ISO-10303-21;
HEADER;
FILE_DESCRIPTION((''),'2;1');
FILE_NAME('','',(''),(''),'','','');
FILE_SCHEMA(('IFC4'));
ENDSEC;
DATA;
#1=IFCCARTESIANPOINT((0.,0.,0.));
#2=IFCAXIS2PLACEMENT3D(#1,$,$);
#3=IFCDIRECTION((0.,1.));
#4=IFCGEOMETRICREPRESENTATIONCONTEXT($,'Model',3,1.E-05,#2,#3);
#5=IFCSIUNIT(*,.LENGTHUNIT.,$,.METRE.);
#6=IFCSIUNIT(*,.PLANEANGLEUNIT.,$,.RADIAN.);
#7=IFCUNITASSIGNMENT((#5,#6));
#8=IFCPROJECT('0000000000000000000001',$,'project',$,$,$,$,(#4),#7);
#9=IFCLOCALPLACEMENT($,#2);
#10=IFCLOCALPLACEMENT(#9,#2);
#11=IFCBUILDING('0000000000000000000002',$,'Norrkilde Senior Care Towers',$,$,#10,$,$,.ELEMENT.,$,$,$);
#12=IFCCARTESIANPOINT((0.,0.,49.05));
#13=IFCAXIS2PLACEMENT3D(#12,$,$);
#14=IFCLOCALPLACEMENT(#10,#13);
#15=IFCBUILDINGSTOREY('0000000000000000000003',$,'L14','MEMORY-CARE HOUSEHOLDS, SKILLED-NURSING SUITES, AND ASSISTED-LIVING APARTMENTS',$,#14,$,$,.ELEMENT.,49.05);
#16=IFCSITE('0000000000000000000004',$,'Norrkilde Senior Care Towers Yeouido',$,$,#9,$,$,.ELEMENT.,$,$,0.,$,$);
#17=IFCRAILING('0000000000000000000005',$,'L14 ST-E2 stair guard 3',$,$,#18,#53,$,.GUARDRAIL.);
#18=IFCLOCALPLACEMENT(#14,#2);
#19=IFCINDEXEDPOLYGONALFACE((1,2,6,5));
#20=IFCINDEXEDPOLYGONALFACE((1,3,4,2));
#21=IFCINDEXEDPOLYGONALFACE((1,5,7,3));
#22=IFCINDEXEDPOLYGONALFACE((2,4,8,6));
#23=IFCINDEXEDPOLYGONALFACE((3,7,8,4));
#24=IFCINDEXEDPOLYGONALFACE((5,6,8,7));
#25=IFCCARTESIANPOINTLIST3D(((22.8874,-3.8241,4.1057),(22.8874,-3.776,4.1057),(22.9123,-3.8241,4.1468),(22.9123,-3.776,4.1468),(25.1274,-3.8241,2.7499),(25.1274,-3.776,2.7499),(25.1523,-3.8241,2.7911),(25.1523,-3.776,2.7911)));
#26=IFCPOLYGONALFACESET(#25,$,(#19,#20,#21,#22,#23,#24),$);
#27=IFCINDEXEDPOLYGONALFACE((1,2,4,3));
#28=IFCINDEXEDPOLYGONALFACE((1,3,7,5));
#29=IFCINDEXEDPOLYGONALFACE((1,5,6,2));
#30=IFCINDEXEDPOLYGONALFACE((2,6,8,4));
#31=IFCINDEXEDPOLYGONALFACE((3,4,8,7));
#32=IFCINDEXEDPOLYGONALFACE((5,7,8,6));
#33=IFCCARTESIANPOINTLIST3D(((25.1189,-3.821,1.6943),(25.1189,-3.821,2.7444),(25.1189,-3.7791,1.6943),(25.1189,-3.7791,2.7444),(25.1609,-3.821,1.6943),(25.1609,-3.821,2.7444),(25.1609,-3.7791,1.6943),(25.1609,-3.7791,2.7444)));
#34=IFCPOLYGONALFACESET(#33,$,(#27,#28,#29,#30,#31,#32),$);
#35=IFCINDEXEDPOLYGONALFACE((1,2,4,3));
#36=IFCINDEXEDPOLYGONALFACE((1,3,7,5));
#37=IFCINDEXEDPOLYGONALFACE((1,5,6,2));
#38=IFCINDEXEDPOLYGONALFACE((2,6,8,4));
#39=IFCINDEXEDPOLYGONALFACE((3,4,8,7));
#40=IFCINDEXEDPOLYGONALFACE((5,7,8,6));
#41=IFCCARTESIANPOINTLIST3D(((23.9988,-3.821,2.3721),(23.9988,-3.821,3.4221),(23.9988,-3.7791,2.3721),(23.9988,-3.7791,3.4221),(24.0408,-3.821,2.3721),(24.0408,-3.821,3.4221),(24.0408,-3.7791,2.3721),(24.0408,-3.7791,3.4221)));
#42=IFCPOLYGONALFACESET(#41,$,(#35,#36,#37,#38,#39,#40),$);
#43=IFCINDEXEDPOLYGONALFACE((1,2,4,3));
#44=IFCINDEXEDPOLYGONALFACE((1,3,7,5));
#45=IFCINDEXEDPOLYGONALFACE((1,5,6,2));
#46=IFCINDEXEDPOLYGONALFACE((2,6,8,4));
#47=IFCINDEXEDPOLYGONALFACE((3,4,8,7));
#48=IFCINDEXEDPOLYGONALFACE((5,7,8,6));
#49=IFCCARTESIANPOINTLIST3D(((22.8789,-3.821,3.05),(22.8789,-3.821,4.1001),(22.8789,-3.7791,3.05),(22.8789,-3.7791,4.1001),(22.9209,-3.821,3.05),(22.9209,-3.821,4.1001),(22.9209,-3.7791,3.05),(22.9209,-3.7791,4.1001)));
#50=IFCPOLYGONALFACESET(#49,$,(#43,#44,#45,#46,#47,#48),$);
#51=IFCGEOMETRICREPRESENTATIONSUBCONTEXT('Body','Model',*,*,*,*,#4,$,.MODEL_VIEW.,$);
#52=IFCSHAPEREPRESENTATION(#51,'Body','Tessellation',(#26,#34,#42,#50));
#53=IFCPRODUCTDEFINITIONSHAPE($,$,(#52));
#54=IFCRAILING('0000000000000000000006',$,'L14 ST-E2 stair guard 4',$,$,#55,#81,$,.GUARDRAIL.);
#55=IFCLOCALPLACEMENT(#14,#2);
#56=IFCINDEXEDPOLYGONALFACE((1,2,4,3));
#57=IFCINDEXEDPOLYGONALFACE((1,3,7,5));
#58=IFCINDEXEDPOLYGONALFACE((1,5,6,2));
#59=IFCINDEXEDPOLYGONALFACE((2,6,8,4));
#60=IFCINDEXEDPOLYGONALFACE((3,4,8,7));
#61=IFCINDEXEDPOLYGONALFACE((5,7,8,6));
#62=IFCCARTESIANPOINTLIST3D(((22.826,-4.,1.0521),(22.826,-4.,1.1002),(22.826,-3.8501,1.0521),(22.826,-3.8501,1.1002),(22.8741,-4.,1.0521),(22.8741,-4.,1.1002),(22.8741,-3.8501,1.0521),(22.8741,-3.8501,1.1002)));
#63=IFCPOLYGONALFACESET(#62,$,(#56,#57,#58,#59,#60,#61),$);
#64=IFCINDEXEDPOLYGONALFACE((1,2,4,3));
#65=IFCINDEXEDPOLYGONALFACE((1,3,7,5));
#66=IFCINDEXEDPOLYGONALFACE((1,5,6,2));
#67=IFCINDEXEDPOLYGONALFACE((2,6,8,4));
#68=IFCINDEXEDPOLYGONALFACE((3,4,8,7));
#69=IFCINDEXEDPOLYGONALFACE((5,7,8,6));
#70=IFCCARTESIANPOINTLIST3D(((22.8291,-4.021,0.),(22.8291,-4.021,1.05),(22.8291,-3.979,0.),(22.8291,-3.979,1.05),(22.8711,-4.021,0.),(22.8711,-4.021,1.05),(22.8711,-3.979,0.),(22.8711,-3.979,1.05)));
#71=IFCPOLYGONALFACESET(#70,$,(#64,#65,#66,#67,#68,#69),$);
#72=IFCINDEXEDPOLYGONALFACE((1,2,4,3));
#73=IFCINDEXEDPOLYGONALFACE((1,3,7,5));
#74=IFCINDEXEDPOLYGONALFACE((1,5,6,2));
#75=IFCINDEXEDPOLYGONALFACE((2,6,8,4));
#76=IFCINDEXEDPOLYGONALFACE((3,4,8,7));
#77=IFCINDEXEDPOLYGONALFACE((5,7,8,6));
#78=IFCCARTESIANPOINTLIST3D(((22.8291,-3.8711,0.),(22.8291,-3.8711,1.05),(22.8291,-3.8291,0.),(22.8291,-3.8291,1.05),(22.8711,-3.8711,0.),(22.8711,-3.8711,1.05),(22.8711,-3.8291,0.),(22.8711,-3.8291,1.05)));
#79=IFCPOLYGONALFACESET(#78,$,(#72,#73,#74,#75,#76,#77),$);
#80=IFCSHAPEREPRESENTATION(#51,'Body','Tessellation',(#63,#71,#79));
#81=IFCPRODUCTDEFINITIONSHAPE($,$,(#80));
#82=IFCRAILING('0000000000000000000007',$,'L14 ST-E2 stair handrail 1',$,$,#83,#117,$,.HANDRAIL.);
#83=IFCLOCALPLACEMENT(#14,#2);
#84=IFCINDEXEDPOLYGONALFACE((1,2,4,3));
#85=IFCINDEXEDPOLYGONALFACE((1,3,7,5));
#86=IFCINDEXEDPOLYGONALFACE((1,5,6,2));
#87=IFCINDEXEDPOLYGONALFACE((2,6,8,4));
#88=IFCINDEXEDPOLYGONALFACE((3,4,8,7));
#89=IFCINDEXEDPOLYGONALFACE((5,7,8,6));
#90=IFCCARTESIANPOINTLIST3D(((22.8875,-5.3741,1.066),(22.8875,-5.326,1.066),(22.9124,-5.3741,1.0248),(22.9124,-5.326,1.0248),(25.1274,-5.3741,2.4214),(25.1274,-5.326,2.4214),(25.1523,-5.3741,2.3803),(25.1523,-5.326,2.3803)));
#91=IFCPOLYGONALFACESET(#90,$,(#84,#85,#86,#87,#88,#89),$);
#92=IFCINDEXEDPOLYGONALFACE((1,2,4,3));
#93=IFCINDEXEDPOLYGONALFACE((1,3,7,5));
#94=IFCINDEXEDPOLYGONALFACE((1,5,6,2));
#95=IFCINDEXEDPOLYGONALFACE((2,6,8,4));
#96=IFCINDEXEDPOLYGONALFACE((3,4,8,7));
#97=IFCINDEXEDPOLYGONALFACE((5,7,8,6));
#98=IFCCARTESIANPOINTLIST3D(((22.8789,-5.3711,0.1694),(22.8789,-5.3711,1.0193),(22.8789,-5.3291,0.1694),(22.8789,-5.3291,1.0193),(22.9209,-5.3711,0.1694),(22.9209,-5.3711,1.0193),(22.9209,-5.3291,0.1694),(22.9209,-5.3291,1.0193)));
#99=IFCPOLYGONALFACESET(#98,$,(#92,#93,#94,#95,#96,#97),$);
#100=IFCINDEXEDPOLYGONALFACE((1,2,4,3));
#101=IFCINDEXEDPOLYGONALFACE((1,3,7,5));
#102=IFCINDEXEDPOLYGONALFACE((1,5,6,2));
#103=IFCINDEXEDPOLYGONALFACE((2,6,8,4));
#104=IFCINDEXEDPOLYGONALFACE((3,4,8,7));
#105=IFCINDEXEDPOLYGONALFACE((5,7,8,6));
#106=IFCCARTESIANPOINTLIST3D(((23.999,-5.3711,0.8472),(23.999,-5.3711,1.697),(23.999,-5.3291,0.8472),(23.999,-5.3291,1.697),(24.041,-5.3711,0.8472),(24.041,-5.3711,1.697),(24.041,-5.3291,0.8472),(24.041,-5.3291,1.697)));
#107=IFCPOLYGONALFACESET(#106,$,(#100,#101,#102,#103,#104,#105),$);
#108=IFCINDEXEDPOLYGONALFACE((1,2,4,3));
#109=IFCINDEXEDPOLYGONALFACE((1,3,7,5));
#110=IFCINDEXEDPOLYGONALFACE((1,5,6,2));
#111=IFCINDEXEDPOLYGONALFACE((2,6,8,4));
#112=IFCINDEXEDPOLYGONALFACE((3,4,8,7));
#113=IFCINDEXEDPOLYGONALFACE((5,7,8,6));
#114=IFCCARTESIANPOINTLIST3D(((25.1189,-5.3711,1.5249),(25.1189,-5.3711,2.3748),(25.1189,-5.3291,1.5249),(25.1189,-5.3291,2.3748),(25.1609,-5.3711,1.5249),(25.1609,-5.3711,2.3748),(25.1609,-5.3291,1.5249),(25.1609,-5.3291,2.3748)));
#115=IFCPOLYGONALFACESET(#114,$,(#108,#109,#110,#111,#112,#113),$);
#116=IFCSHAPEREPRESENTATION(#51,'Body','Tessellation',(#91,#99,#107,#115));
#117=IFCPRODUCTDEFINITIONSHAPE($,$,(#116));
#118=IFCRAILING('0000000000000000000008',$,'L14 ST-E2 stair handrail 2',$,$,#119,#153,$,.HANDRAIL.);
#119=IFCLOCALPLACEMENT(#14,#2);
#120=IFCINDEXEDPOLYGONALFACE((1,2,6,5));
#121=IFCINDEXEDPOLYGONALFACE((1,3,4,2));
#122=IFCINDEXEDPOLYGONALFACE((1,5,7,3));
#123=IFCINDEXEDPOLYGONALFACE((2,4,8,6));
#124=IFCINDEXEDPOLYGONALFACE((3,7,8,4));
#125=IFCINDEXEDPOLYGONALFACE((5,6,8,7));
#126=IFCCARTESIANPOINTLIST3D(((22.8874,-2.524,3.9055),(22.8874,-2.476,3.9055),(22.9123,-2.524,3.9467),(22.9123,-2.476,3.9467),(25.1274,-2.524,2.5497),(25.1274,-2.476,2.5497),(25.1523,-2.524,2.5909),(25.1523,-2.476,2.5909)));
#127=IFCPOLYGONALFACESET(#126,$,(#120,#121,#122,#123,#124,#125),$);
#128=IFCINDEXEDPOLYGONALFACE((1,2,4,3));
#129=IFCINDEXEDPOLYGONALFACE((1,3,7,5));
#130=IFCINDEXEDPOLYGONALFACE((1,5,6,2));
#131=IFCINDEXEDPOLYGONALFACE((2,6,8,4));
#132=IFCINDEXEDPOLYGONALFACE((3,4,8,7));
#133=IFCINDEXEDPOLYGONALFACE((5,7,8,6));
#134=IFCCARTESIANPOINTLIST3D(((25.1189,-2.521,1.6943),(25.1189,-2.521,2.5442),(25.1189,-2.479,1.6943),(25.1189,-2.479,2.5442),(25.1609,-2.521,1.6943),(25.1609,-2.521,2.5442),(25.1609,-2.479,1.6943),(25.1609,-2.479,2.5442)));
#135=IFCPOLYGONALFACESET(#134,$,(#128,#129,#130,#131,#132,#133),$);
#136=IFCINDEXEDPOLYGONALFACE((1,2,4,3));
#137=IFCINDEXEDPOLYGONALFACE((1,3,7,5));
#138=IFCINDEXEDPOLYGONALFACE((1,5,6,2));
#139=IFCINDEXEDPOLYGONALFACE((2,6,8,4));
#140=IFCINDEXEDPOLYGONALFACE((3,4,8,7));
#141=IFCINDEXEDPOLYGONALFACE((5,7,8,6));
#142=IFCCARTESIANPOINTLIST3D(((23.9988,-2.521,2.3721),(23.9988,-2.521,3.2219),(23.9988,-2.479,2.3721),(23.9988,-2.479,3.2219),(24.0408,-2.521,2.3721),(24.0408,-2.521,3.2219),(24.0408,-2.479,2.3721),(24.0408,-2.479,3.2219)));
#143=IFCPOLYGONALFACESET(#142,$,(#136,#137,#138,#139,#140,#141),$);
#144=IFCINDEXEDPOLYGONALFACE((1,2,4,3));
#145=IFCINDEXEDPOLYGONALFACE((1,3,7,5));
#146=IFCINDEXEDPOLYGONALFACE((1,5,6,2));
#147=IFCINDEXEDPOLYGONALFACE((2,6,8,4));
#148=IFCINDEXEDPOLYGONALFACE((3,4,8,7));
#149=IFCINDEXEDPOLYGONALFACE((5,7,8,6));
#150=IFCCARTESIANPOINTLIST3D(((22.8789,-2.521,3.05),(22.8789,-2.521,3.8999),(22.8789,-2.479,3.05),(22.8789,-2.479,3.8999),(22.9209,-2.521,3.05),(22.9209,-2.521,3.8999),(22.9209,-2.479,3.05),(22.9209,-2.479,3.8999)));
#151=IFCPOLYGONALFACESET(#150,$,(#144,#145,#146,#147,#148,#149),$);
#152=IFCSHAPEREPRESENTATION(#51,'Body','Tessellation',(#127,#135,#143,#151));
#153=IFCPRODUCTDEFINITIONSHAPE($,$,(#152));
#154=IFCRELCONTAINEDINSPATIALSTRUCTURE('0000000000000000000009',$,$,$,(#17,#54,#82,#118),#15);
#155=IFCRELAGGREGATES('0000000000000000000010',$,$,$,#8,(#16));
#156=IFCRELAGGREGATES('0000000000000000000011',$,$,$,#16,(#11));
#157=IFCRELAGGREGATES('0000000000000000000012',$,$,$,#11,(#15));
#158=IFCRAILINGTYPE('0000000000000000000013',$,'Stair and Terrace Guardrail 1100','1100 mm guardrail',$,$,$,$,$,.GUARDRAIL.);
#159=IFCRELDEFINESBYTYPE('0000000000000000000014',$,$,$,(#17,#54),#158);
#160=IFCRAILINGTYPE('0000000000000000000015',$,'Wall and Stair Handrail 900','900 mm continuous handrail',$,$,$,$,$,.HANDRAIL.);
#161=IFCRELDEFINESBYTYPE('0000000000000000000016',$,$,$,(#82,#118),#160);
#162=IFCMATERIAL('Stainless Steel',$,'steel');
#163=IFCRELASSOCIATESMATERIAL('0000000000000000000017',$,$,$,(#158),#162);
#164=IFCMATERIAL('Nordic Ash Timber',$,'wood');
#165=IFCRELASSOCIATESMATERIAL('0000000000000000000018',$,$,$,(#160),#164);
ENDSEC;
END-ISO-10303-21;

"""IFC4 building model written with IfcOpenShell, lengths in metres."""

from ifc_helpers import new_model, si_unit, direction, frame, origin, origin_2d, place, context, subcontext, project, spatial, rectangle, extrude, material, type_object, element, save


model = new_model("IFC4")

# Units and contexts
model_context = context("Model", 3, precision=1e-05, world=origin(), true_north=direction((0.0, 1.0)))
body_context = subcontext(model_context, "Body", "Model", "MODEL_VIEW")
ifc_project = project(units=[si_unit("LENGTHUNIT", "METRE"), si_unit("PLANEANGLEUNIT", "RADIAN")], contexts=[model_context])

# Site, building, storey
site_placement = place(None, origin())
site = spatial("IfcSite", under=ifc_project, at=site_placement, Name="Norrkilde Senior Care Towers Yeouido", CompositionType="ELEMENT", RefElevation=0.0)
building_placement = place(site_placement, origin())
building = spatial("IfcBuilding", under=site, at=building_placement, Name="Norrkilde Senior Care Towers", CompositionType="ELEMENT")
storey_placement = place(building_placement, frame((0.0, 0.0, 49.05)))
storey = spatial("IfcBuildingStorey", under=building, at=storey_placement, Name="L14", Description="MEMORY-CARE HOUSEHOLDS, SKILLED-NURSING SUITES, AND ASSISTED-LIVING APARTMENTS", CompositionType="ELEMENT", Elevation=49.05)

# Shared definitions
ifc_material_1 = material(Name="Nordic Ash Timber", Category="wood")

# Railings
ifc_material_2 = material(Name="Stainless Steel", Category="steel")
railing_type_1 = type_object("IfcRailingType", Name="Stair and Terrace Guardrail 1100", Description="1100 mm guardrail", PredefinedType="GUARDRAIL", material=ifc_material_2)
railing_1_placement = place(storey_placement, frame((25.1399, -3.8, 1.6943)))
element("IfcRailing", 1, at=railing_1_placement, inside=storey, type_object=railing_type_1, Name="L14 ST-E2 stair guard 3", PredefinedType="GUARDRAIL", context=body_context, shape_type="SweptSolid", body=[
    extrude(rectangle(XDim=0.0481, YDim=0.0481, at=origin_2d()), frame((0.0, 0.0, 1.0762), z_axis=(-0.855512, 0.0, 0.517783), x_axis=(0.0, -1.0, 0.0)), (0.0, 0.0, 1.0), 2.6184),
    extrude(rectangle(XDim=0.042, YDim=0.042, at=origin_2d()), origin(), (0.0, 0.0, 1.0), 1.05),
    extrude(rectangle(XDim=0.042, YDim=0.042, at=origin_2d()), frame((-1.1201, 0.0, 0.6777)), (0.0, 0.0, 1.0), 1.05),
    extrude(rectangle(XDim=0.042, YDim=0.042, at=origin_2d()), frame((-2.24, 0.0, 1.3557)), (0.0, 0.0, 1.0), 1.05),
])
railing_2_placement = place(storey_placement, frame((22.8501, -4.0, 0.0)))
element("IfcRailing", 2, at=railing_2_placement, inside=storey, type_object=railing_type_1, Name="L14 ST-E2 stair guard 4", PredefinedType="GUARDRAIL", context=body_context, shape_type="SweptSolid", body=[
    extrude(rectangle(XDim=0.0481, YDim=0.0481, at=origin_2d()), frame((0.0, 0.0, 1.0762), z_axis=(0.0, 1.0, 0.0), x_axis=(-1.0, 0.0, 0.0)), (0.0, 0.0, 1.0), 0.1499),
    extrude(rectangle(XDim=0.042, YDim=0.042, at=origin_2d()), origin(), (0.0, 0.0, 1.0), 1.05),
    extrude(rectangle(XDim=0.042, YDim=0.042, at=origin_2d()), frame((0.0, 0.1499, 0.0)), (0.0, 0.0, 1.0), 1.05),
])
railing_type_2 = type_object("IfcRailingType", Name="Wall and Stair Handrail 900", Description="900 mm continuous handrail", PredefinedType="HANDRAIL", material=ifc_material_1)
railing_3_placement = place(storey_placement, frame((22.8999, -5.3501, 0.1694)))
element("IfcRailing", 3, at=railing_3_placement, inside=storey, type_object=railing_type_2, Name="L14 ST-E2 stair handrail 1", PredefinedType="HANDRAIL", context=body_context, shape_type="SweptSolid", body=[
    extrude(rectangle(XDim=0.0481, YDim=0.0481, at=origin_2d()), frame((0.0, 0.0, 0.876), z_axis=(0.855553, 0.0, 0.517715), x_axis=(0.0, 1.0, 0.0)), (0.0, 0.0, 1.0), 2.6182),
    extrude(rectangle(XDim=0.042, YDim=0.042, at=origin_2d()), origin(), (0.0, 0.0, 1.0), 0.8499),
    extrude(rectangle(XDim=0.042, YDim=0.042, at=origin_2d()), frame((1.1201, 0.0, 0.6777)), (0.0, 0.0, 1.0), 0.8499),
    extrude(rectangle(XDim=0.042, YDim=0.042, at=origin_2d()), frame((2.24, 0.0, 1.3555)), (0.0, 0.0, 1.0), 0.8499),
])
railing_4_placement = place(storey_placement, frame((25.1399, -2.5, 1.6943)))
element("IfcRailing", 4, at=railing_4_placement, inside=storey, type_object=railing_type_2, Name="L14 ST-E2 stair handrail 2", PredefinedType="HANDRAIL", context=body_context, shape_type="SweptSolid", body=[
    extrude(rectangle(XDim=0.0481, YDim=0.0481, at=origin_2d()), frame((0.0, 0.0, 0.876), z_axis=(-0.855512, 0.0, 0.517783), x_axis=(0.0, -1.0, 0.0)), (0.0, 0.0, 1.0), 2.6184),
    extrude(rectangle(XDim=0.042, YDim=0.042, at=origin_2d()), origin(), (0.0, 0.0, 1.0), 0.8499),
    extrude(rectangle(XDim=0.042, YDim=0.042, at=origin_2d()), frame((-1.1201, 0.0, 0.6777)), (0.0, 0.0, 1.0), 0.8499),
    extrude(rectangle(XDim=0.042, YDim=0.042, at=origin_2d()), frame((-2.24, 0.0, 1.3557)), (0.0, 0.0, 1.0), 0.8499),
])

save(model, "model.ifc")
